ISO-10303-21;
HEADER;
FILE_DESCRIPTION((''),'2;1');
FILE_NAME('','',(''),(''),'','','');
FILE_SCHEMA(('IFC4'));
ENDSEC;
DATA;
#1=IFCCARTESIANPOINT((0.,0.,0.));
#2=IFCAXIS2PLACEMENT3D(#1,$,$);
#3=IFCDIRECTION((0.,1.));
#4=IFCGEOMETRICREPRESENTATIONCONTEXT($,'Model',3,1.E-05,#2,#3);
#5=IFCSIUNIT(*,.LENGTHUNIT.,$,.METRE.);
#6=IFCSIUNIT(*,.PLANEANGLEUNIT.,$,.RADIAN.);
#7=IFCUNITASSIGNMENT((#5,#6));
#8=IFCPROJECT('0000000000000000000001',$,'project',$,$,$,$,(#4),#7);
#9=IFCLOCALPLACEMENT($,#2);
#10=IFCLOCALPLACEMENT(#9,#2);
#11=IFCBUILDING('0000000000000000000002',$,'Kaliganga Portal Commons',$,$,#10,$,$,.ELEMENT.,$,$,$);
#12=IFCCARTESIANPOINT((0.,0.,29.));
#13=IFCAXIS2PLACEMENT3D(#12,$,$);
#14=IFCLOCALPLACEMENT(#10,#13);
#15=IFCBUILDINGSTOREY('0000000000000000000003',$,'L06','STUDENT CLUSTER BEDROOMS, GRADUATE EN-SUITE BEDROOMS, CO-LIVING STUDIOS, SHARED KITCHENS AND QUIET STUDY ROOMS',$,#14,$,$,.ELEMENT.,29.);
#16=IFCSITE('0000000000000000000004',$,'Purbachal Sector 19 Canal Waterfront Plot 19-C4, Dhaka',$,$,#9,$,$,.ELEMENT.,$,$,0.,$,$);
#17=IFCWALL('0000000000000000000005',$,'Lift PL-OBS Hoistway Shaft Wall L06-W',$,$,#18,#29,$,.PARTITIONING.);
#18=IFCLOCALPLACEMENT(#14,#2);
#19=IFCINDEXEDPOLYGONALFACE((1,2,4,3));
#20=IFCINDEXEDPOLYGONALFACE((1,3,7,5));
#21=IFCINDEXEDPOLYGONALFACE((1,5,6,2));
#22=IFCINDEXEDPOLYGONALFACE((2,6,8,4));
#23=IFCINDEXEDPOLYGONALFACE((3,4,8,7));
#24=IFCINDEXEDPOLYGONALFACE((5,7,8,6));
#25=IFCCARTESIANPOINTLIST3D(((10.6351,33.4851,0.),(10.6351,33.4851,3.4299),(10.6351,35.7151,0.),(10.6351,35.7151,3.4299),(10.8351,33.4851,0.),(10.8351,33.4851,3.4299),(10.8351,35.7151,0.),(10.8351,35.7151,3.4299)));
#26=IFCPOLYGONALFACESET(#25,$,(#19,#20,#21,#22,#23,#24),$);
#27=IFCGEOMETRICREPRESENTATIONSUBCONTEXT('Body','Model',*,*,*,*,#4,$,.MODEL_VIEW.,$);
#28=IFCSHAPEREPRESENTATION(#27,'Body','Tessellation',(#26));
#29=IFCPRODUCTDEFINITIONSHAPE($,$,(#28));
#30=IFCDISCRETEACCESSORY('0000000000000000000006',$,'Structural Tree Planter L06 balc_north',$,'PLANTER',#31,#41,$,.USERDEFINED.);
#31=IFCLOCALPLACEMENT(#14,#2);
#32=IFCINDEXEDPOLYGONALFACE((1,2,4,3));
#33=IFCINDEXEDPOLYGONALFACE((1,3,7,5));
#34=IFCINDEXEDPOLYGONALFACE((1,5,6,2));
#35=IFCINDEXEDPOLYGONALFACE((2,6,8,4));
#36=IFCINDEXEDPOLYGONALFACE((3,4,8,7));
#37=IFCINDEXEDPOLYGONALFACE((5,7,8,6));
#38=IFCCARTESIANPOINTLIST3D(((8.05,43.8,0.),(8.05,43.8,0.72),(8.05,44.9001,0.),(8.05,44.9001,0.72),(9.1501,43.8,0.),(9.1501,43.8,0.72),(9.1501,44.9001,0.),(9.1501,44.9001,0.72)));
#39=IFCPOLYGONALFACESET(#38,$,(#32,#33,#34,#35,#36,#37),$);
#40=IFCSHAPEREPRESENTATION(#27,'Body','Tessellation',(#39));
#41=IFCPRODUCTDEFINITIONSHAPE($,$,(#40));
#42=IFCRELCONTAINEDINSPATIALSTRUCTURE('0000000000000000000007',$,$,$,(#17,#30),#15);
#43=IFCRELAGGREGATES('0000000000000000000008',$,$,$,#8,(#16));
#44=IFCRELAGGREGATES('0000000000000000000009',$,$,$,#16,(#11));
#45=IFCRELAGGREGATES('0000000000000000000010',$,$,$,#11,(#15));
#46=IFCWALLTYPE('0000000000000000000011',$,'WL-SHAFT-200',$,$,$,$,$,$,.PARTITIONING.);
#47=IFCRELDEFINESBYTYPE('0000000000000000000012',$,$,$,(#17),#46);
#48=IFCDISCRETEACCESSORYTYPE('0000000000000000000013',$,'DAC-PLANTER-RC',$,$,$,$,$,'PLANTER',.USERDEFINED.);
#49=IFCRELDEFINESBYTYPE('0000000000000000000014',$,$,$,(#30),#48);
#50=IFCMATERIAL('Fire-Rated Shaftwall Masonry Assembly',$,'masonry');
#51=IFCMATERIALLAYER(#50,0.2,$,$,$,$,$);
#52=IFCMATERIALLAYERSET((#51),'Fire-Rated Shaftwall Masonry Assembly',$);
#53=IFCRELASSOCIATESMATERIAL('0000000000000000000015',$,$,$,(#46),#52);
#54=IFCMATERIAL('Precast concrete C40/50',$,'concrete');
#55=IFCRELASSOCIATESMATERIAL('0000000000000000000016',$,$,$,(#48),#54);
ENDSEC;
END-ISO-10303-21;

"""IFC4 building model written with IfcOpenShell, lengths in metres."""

from ifc_helpers import new_model, si_unit, direction, frame, frame_2d, origin, origin_2d, place, context, subcontext, project, spatial, rectangle, extrude, source, transform, mapped, material, layer, layer_set, type_object, element, save


model = new_model("IFC4")

# Units and contexts
model_context = context("Model", 3, precision=1e-05, world=origin(), true_north=direction((0.0, 1.0)))
body_context = subcontext(model_context, "Body", "Model", "MODEL_VIEW")
ifc_project = project(units=[si_unit("LENGTHUNIT", "METRE"), si_unit("PLANEANGLEUNIT", "RADIAN")], contexts=[model_context])

# Site, building, storey
site_placement = place(None, origin())
site = spatial("IfcSite", under=ifc_project, at=site_placement, Name="Purbachal Sector 19 Canal Waterfront Plot 19-C4, Dhaka", CompositionType="ELEMENT", RefElevation=0.0)
building_placement = place(site_placement, origin())
building = spatial("IfcBuilding", under=site, at=building_placement, Name="Kaliganga Portal Commons", CompositionType="ELEMENT")
storey_placement = place(building_placement, frame((0.0, 0.0, 29.0)))
storey = spatial("IfcBuildingStorey", under=building, at=storey_placement, Name="L06", Description="STUDENT CLUSTER BEDROOMS, GRADUATE EN-SUITE BEDROOMS, CO-LIVING STUDIOS, SHARED KITCHENS AND QUIET STUDY ROOMS", CompositionType="ELEMENT", Elevation=29.0)

# Shared definitions
ifc_material_1 = material(Name="Fire-Rated Shaftwall Masonry Assembly", Category="masonry")
ifc_layer_1 = layer(ifc_material_1, 0.2)
ifc_layer_set_1 = layer_set([ifc_layer_1], Name="Fire-Rated Shaftwall Masonry Assembly")
wall_type_1 = type_object("IfcWallType", Name="WL-SHAFT-200", PredefinedType="PARTITIONING", material=ifc_layer_set_1)

# Wall
wall_1_placement = place(storey_placement, frame((10.7351, 33.4851, 0.0), z_axis=(0.0, 0.0, 1.0), x_axis=(0.0, 1.0, 0.0)))
element("IfcWall", 1, at=wall_1_placement, inside=storey, type_object=wall_type_1, Name="Lift PL-OBS Hoistway Shaft Wall L06-W", PredefinedType="PARTITIONING", context=body_context, shape_type="SweptSolid", body=[
    extrude(rectangle(XDim=2.23, YDim=0.2, at=frame_2d((1.115, 0.0))), origin(), (0.0, 0.0, 1.0), 3.4299),
])

# Discrete accessory
ifc_material_2 = material(Name="Precast concrete C40/50", Category="concrete")
discrete_accessory_type = type_object("IfcDiscreteAccessoryType", Name="DAC-PLANTER-RC", ElementType="PLANTER", PredefinedType="USERDEFINED", material=ifc_material_2)
shared_shape_1 = source(origin(), body_context, "Body", "SweptSolid", [
    extrude(rectangle(XDim=1.1001, YDim=1.1001, at=origin_2d()), origin(), (0.0, 0.0, 1.0), 0.72),
])
discrete_accessory_placement = place(storey_placement, frame((8.6001, 44.3501, 0.0), z_axis=(0.0, 0.0, 1.0), x_axis=(1.0, 0.0, 0.0)))
element("IfcDiscreteAccessory", 2, at=discrete_accessory_placement, inside=storey, type_object=discrete_accessory_type, Name="Structural Tree Planter L06 balc_north", ObjectType="PLANTER", PredefinedType="USERDEFINED", context=body_context, shape_type="MappedRepresentation", body=[
    mapped(shared_shape_1, transform((0.0, 0.0, 0.0), x_axis=(1.0, 0.0, 0.0), y_axis=(0.0, 1.0, 0.0), z_axis=(0.0, 0.0, 1.0), scale=1.0)),
])

save(model, "model.ifc")
